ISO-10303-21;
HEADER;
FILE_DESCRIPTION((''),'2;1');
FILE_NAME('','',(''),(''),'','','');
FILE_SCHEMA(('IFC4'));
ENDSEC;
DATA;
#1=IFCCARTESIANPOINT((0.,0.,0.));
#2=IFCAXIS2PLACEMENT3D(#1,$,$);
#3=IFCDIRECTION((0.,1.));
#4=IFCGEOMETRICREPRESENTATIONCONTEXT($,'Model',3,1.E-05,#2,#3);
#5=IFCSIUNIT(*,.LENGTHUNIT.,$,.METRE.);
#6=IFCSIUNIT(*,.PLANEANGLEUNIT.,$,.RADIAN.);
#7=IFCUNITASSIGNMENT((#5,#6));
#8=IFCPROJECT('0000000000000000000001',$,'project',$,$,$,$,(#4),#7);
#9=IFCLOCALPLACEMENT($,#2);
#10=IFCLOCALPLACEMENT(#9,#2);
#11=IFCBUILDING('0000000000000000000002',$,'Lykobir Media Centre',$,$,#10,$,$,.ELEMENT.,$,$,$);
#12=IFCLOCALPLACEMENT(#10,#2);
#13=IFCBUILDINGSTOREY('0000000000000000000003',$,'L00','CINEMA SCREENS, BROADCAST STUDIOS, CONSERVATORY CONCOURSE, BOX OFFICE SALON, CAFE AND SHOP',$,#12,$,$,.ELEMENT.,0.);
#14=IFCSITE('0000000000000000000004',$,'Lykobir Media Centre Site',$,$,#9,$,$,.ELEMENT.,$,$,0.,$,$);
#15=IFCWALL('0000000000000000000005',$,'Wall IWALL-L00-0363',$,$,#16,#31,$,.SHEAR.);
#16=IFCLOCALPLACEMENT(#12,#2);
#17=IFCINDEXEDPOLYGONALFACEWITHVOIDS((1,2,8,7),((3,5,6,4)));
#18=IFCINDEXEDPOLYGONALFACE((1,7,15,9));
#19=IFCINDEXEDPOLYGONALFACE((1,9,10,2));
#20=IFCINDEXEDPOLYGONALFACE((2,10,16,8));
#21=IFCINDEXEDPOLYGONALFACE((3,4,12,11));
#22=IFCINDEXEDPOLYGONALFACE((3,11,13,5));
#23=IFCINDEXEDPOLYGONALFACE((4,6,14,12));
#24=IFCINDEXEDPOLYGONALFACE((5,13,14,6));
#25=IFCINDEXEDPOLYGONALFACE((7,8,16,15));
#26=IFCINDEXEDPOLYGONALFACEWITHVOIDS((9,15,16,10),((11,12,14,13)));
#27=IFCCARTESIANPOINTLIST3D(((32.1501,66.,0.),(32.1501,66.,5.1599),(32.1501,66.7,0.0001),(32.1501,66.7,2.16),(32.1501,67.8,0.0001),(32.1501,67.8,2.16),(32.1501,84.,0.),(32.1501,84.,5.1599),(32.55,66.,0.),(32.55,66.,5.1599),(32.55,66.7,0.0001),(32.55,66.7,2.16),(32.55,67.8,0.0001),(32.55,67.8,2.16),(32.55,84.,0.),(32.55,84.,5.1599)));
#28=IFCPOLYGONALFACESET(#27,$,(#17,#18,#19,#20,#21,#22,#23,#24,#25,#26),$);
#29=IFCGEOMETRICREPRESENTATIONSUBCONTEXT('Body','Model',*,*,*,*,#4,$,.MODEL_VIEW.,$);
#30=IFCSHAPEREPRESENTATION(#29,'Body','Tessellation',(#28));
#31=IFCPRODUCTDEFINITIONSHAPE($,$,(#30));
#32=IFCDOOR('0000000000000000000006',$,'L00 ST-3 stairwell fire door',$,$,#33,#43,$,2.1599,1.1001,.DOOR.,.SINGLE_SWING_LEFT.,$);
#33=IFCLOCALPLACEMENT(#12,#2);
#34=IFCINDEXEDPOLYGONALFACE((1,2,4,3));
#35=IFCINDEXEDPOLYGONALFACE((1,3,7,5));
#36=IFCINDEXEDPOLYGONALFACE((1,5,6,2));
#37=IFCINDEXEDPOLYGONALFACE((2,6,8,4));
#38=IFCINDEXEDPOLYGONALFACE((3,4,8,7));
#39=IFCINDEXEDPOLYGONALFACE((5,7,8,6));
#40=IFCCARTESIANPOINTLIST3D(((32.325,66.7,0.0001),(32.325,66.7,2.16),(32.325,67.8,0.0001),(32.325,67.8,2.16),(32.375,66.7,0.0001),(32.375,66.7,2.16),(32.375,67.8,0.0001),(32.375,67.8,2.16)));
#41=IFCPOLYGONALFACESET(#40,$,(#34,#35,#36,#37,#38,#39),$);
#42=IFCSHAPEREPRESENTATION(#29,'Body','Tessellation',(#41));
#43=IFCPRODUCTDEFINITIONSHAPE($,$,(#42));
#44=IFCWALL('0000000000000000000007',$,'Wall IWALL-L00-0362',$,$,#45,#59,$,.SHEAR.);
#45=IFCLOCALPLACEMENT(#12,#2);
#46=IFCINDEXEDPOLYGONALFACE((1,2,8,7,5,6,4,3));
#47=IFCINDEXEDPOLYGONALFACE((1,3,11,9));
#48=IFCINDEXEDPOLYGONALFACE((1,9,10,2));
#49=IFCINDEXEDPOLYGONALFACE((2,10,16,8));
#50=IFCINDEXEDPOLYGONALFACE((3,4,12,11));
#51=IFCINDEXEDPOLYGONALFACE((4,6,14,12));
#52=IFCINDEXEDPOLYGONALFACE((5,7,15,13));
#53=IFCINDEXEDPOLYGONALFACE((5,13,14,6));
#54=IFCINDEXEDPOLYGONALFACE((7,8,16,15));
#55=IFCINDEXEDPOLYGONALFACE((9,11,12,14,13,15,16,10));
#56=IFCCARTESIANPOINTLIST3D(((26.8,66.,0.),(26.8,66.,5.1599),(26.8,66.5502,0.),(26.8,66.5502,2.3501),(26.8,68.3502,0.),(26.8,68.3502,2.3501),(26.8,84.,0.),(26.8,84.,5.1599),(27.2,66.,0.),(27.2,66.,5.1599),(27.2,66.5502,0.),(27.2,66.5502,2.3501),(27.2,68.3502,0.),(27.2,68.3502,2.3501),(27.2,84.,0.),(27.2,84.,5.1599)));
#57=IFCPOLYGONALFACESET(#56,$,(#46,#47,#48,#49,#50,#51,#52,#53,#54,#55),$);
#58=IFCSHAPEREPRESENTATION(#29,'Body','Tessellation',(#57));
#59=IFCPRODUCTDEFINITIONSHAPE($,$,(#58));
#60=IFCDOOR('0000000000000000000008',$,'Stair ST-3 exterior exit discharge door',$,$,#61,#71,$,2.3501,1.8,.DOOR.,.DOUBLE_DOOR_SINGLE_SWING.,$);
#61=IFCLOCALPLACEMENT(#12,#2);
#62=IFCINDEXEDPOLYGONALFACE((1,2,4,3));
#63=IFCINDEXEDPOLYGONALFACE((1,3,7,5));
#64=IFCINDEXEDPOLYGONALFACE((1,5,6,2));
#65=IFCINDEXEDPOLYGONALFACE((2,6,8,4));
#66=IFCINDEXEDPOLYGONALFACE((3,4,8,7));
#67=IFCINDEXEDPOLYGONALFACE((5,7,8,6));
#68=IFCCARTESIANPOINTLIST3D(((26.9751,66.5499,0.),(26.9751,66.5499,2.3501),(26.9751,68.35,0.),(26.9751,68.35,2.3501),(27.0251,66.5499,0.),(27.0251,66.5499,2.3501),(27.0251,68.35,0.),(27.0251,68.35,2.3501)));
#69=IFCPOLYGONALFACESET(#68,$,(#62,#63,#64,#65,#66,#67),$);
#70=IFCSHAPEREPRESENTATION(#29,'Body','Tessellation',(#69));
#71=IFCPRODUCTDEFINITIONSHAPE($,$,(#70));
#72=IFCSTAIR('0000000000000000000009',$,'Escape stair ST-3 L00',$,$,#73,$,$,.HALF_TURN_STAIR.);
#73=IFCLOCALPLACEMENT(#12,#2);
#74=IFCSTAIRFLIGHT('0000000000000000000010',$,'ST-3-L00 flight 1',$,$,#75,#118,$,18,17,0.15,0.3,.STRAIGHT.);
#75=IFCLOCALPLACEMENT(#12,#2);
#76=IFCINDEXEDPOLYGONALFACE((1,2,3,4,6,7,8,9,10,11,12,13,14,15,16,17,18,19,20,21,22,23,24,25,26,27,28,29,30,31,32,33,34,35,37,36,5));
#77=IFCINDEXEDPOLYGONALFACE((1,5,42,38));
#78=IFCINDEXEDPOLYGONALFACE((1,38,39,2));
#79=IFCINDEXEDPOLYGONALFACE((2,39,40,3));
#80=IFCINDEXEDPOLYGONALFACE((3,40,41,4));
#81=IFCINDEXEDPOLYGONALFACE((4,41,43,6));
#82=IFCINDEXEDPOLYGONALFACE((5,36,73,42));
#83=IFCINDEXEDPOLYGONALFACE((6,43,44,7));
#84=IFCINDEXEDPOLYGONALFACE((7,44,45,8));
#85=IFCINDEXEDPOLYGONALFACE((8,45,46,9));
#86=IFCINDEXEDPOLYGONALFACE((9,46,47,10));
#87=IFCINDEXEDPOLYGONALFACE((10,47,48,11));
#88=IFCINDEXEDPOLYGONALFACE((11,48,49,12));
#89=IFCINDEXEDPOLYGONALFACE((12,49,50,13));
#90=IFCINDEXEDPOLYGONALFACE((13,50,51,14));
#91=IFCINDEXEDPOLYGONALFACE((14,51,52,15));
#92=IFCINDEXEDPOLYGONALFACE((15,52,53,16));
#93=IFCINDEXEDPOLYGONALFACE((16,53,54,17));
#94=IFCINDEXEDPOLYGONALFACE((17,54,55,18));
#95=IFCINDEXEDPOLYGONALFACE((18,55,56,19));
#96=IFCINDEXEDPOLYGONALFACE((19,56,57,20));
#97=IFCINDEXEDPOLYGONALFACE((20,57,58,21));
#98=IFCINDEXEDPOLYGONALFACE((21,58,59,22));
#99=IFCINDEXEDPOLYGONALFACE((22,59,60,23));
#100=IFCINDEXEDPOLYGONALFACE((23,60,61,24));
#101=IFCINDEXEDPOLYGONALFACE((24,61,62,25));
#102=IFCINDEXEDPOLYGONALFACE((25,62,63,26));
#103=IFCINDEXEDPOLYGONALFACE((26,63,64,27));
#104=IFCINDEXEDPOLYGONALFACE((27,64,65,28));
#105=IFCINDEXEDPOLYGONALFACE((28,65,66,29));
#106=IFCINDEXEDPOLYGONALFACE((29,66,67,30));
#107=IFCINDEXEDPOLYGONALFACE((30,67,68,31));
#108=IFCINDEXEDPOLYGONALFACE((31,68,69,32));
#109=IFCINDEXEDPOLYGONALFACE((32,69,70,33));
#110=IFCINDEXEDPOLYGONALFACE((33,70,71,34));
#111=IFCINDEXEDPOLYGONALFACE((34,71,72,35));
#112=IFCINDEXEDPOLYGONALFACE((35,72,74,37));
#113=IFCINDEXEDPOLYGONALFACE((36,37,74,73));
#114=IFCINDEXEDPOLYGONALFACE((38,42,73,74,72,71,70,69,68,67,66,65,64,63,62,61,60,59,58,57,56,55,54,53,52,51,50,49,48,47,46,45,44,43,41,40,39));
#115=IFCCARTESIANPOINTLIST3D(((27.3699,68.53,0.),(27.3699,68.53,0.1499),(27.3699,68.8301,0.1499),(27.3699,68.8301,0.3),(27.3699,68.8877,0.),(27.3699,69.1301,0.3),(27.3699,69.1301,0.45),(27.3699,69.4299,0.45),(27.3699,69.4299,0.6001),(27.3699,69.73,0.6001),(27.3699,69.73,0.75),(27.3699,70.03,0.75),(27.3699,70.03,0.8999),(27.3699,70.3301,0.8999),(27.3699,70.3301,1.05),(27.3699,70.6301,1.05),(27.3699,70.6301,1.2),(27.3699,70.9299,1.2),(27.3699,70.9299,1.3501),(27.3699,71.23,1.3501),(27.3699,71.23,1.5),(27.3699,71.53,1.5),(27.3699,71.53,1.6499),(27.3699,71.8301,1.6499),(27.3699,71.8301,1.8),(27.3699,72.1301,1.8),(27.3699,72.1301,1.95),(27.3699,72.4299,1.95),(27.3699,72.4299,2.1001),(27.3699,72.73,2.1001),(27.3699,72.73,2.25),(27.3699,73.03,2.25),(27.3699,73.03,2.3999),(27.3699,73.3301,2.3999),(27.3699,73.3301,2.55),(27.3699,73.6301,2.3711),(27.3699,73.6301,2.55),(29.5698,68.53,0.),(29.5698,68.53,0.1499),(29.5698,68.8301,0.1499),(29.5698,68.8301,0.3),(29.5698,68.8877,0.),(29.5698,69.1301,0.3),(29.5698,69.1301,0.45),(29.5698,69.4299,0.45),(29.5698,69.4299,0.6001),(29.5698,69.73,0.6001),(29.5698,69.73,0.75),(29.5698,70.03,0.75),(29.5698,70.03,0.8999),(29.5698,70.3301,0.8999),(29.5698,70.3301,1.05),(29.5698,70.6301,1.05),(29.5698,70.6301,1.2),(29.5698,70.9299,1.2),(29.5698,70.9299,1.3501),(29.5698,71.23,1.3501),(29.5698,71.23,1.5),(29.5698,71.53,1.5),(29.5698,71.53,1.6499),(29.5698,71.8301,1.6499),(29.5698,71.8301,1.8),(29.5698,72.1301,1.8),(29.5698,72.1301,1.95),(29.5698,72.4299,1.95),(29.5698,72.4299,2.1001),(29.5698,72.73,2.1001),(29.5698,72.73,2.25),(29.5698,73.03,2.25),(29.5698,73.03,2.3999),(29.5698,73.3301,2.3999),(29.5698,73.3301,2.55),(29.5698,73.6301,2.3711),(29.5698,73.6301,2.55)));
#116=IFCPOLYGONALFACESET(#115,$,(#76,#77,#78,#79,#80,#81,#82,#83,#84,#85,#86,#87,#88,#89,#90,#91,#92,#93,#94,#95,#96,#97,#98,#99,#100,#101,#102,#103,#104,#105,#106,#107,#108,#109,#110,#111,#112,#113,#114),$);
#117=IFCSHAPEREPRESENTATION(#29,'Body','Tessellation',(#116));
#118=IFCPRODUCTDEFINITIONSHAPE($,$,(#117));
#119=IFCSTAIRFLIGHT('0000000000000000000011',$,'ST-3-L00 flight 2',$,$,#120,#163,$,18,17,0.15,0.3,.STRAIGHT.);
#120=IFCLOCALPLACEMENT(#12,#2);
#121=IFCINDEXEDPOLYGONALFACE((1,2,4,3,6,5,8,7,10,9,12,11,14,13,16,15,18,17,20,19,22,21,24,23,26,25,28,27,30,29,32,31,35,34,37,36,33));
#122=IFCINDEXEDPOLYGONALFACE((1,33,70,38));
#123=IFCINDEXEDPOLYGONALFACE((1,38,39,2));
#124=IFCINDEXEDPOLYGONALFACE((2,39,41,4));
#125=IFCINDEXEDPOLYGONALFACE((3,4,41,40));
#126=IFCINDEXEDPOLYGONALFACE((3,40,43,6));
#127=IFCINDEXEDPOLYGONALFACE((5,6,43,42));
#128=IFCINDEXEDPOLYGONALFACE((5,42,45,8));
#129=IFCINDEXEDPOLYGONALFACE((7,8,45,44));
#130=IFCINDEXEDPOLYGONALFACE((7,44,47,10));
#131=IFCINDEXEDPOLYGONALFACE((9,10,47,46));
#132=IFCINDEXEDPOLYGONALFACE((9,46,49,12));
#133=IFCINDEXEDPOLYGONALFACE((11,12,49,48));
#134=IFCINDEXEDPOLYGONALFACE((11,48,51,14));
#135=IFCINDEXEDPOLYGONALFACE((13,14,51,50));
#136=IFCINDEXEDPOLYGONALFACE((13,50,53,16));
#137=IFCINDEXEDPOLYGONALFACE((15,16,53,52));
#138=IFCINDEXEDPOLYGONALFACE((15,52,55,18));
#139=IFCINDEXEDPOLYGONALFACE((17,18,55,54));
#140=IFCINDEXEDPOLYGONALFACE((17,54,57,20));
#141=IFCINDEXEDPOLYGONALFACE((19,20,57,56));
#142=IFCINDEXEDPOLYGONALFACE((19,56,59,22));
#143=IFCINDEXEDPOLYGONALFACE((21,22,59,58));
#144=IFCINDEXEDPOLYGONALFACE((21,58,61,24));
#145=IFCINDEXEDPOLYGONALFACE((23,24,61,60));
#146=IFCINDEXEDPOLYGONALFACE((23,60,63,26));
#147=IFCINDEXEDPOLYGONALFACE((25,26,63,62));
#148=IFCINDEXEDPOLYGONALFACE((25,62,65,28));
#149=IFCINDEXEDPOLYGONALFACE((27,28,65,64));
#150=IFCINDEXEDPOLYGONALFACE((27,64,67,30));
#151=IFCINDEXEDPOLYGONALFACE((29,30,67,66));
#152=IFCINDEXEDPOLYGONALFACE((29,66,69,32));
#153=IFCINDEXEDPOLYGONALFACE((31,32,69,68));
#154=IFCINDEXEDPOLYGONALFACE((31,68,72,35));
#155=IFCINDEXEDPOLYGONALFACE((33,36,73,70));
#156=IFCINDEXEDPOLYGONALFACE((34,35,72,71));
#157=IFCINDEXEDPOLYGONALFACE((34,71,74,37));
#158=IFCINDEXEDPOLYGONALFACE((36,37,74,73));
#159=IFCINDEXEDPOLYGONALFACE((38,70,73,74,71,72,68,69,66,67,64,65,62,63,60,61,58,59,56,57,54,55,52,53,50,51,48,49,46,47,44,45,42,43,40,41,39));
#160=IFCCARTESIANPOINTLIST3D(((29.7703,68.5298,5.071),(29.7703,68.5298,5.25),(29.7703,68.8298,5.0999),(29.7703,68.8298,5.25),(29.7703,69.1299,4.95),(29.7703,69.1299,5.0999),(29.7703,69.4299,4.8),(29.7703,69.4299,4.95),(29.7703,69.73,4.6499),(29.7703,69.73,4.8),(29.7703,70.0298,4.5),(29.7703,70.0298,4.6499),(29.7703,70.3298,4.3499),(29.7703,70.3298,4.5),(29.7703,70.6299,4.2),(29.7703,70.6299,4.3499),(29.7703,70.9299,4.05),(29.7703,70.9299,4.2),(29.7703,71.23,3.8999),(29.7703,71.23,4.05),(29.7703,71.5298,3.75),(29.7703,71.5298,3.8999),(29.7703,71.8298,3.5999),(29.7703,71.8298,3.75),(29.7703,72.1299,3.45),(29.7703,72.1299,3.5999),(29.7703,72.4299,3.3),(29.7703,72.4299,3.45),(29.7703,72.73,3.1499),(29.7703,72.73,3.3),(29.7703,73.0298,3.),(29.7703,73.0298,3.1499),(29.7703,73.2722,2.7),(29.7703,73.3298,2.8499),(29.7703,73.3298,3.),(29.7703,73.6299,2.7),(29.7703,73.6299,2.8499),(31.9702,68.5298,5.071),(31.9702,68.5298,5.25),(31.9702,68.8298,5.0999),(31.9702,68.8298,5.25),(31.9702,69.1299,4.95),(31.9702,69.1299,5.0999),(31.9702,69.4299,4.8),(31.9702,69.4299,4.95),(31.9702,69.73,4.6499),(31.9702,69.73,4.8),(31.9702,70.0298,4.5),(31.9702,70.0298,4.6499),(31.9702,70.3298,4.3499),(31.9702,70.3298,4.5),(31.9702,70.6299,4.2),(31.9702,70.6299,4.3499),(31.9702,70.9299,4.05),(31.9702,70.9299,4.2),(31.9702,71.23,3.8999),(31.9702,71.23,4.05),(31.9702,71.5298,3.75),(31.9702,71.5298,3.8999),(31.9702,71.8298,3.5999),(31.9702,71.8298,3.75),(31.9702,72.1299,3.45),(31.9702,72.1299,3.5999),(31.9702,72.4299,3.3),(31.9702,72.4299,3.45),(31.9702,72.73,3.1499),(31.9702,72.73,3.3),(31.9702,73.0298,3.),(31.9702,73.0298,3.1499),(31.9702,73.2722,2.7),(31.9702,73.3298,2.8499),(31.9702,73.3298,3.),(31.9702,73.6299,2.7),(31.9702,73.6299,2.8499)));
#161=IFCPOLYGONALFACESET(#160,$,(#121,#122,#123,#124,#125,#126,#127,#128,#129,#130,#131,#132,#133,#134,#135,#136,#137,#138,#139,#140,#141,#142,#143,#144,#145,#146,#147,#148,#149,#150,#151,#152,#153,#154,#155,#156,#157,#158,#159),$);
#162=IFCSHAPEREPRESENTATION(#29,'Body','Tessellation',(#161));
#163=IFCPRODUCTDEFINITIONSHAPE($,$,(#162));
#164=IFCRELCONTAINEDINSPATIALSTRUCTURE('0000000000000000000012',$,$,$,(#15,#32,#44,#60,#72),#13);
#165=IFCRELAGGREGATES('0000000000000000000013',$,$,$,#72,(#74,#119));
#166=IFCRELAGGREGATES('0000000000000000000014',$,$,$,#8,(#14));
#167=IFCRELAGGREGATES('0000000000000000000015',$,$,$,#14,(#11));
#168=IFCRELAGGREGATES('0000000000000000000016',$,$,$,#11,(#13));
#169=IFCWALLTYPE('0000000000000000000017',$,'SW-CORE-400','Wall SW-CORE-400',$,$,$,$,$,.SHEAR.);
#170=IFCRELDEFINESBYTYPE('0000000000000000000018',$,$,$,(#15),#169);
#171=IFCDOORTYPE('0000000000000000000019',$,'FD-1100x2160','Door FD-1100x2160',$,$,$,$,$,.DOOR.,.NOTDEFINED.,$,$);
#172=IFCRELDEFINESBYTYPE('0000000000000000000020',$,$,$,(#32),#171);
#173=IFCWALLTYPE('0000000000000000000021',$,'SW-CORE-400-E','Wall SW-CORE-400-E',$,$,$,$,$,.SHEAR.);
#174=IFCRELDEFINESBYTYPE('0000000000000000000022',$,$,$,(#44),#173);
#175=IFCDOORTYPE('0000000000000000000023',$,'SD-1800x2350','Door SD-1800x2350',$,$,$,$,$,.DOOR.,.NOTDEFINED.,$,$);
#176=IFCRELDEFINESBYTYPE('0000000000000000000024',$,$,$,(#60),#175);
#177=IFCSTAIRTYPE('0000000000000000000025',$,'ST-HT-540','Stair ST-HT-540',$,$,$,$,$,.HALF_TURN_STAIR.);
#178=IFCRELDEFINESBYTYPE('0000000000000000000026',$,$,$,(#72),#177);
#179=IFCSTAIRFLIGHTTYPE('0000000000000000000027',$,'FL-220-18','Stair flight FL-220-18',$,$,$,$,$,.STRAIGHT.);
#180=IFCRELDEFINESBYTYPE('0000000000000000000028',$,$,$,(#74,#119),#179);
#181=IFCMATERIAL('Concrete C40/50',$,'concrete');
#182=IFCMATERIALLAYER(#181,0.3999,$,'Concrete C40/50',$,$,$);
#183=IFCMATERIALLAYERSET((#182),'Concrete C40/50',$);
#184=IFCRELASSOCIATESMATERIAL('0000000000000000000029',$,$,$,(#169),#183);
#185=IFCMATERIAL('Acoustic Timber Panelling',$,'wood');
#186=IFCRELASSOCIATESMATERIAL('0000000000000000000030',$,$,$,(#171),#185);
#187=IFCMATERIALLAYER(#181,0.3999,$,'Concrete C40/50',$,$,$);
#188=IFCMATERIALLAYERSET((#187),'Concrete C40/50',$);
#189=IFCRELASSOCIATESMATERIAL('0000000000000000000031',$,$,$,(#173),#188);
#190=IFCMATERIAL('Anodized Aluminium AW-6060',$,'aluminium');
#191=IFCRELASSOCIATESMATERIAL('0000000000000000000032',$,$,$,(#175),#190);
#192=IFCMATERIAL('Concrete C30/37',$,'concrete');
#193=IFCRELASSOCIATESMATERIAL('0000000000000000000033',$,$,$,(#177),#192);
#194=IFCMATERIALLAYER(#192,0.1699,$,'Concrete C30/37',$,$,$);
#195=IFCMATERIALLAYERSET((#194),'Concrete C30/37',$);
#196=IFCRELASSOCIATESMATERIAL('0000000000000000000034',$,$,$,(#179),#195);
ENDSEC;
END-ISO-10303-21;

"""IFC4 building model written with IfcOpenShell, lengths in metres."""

from ifc_helpers import new_model, si_unit, direction, frame, frame_2d, origin, place, context, subcontext, project, spatial, polyline, rectangle, outline, extrude, material, layer, layer_set, type_object, element, fill, aggregate, save


model = new_model("IFC4")

# Units and contexts
model_context = context("Model", 3, precision=1e-05, world=origin(), true_north=direction((0.0, 1.0)))
body_context = subcontext(model_context, "Body", "Model", "MODEL_VIEW")
ifc_project = project(units=[si_unit("LENGTHUNIT", "METRE"), si_unit("PLANEANGLEUNIT", "RADIAN")], contexts=[model_context])

# Site, building, storey
site_placement = place(None, origin())
site = spatial("IfcSite", under=ifc_project, at=site_placement, Name="Lykobir Media Centre Site", CompositionType="ELEMENT", RefElevation=0.0)
building_placement = place(site_placement, origin())
building = spatial("IfcBuilding", under=site, at=building_placement, Name="Lykobir Media Centre", CompositionType="ELEMENT")
storey_placement = place(building_placement, origin())
storey = spatial("IfcBuildingStorey", under=building, at=storey_placement, Name="L00", Description="CINEMA SCREENS, BROADCAST STUDIOS, CONSERVATORY CONCOURSE, BOX OFFICE SALON, CAFE AND SHOP", CompositionType="ELEMENT", Elevation=0.0)

# Shared definitions
ifc_material_1 = material(Name="Concrete C40/50", Category="concrete")

# Shared definitions
ifc_material_2 = material(Name="Concrete C30/37", Category="concrete")
ifc_layer_1 = layer(ifc_material_1, 0.3999, Name="Concrete C40/50")
ifc_layer_set_1 = layer_set([ifc_layer_1], Name="Concrete C40/50")
wall_type_1 = type_object("IfcWallType", Name="SW-CORE-400", Description="Wall SW-CORE-400", PredefinedType="SHEAR", material=ifc_layer_set_1)

# Shared definitions
ifc_material_3 = material(Name="Anodized Aluminium AW-6060", Category="aluminium")
ifc_material_4 = material(Name="Acoustic Timber Panelling", Category="wood")
door_type_1 = type_object("IfcDoorType", Name="FD-1100x2160", Description="Door FD-1100x2160", OperationType="NOTDEFINED", PredefinedType="DOOR", material=ifc_material_4)

# Walls, openings, doors
wall_1_placement = place(storey_placement, frame((32.3501, 66.0, 0.0), z_axis=(0.0, 0.0, 1.0), x_axis=(0.0, 1.0, 0.0)))
wall_1 = element("IfcWall", 1, at=wall_1_placement, inside=storey, type_object=wall_type_1, Name="Wall IWALL-L00-0363", PredefinedType="SHEAR", context=body_context, shape_type="SweptSolid", body=[
    extrude(rectangle(XDim=18.0, YDim=0.3999, at=frame_2d((9.0, 0.0))), origin(), (0.0, 0.0, 1.0), 5.1599),
])
opening_1_placement = place(wall_1_placement, frame((0.7, 0.0, 0.0)))
opening_1 = element("IfcOpeningElement", 2, at=opening_1_placement, cuts=wall_1, PredefinedType="OPENING", context=body_context, shape_type="SweptSolid", body=[
    extrude(rectangle(XDim=1.1001, YDim=2.1599, at=frame_2d((0.55, 1.0801))), frame((0.0, 0.21, 0.0), z_axis=(0.0, -1.0, 0.0), x_axis=(1.0, 0.0, 0.0)), (0.0, 0.0, 1.0), 0.4199),
])
door_1_placement = place(opening_1_placement, frame((1.1001, 0.0, 0.0), z_axis=(0.0, 0.0, 1.0), x_axis=(-1.0, 0.0, 0.0)))
door_1 = element("IfcDoor", 3, at=door_1_placement, inside=storey, type_object=door_type_1, Name="L00 ST-3 stairwell fire door", OperationType="SINGLE_SWING_LEFT", OverallHeight=2.1599, OverallWidth=1.1001, PredefinedType="DOOR", context=body_context, shape_type="SweptSolid", body=[
    extrude(rectangle(XDim=1.1001, YDim=2.1599, at=frame_2d((0.55, 1.0801))), frame((0.0, 0.0249, 0.0), z_axis=(0.0, -1.0, 0.0), x_axis=(1.0, 0.0, 0.0)), (0.0, 0.0, 1.0), 0.05),
])
fill(opening_1, door_1)
ifc_layer_2 = layer(ifc_material_1, 0.3999, Name="Concrete C40/50")
ifc_layer_set_2 = layer_set([ifc_layer_2], Name="Concrete C40/50")
wall_type_2 = type_object("IfcWallType", Name="SW-CORE-400-E", Description="Wall SW-CORE-400-E", PredefinedType="SHEAR", material=ifc_layer_set_2)
wall_2_placement = place(storey_placement, frame((27.0, 84.0, 0.0), z_axis=(0.0, 0.0, 1.0), x_axis=(0.0, -1.0, 0.0)))
wall_2 = element("IfcWall", 4, at=wall_2_placement, inside=storey, type_object=wall_type_2, Name="Wall IWALL-L00-0362", PredefinedType="SHEAR", context=body_context, shape_type="SweptSolid", body=[
    extrude(rectangle(XDim=18.0, YDim=0.3999, at=frame_2d((9.0, 0.0))), origin(), (0.0, 0.0, 1.0), 5.1599),
])
opening_2_placement = place(wall_2_placement, frame((15.6499, 0.0, 0.0)))
opening_2 = element("IfcOpeningElement", 5, at=opening_2_placement, cuts=wall_2, PredefinedType="OPENING", context=body_context, shape_type="SweptSolid", body=[
    extrude(rectangle(XDim=1.8, YDim=2.3501, at=frame_2d((0.8999, 1.175))), frame((0.0, 0.21, 0.0), z_axis=(0.0, -1.0, 0.0), x_axis=(1.0, 0.0, 0.0)), (0.0, 0.0, 1.0), 0.4199),
])
door_type_2 = type_object("IfcDoorType", Name="SD-1800x2350", Description="Door SD-1800x2350", OperationType="NOTDEFINED", PredefinedType="DOOR", material=ifc_material_3)
door_2_placement = place(opening_2_placement, frame((1.8, 0.0, 0.0), z_axis=(0.0, 0.0, 1.0), x_axis=(-1.0, 0.0, 0.0)))
door_2 = element("IfcDoor", 6, at=door_2_placement, inside=storey, type_object=door_type_2, Name="Stair ST-3 exterior exit discharge door", OperationType="DOUBLE_DOOR_SINGLE_SWING", OverallHeight=2.3501, OverallWidth=1.8, PredefinedType="DOOR", context=body_context, shape_type="SweptSolid", body=[
    extrude(rectangle(XDim=1.8, YDim=2.3501, at=frame_2d((0.8999, 1.175))), frame((0.0, 0.0249, 0.0), z_axis=(0.0, -1.0, 0.0), x_axis=(1.0, 0.0, 0.0)), (0.0, 0.0, 1.0), 0.05),
])
fill(opening_2, door_2)

# Stair, stair flights
stair_type = type_object("IfcStairType", Name="ST-HT-540", Description="Stair ST-HT-540", PredefinedType="HALF_TURN_STAIR", material=ifc_material_2)
stair_placement = place(storey_placement, origin())
stair = element("IfcStair", 7, at=stair_placement, inside=storey, type_object=stair_type, Name="Escape stair ST-3 L00", PredefinedType="HALF_TURN_STAIR")
ifc_layer_3 = layer(ifc_material_2, 0.1699, Name="Concrete C30/37")
ifc_layer_set_3 = layer_set([ifc_layer_3], Name="Concrete C30/37")
stair_flight_type = type_object("IfcStairFlightType", Name="FL-220-18", Description="Stair flight FL-220-18", PredefinedType="STRAIGHT", material=ifc_layer_set_3)
stair_flight_1_placement = place(storey_placement, frame((28.47, 68.53, 0.0), z_axis=(0.0, 0.0, 1.0), x_axis=(0.0, 1.0, 0.0)))
stair_flight_1 = element("IfcStairFlight", 8, at=stair_flight_1_placement, type_object=stair_flight_type, Name="ST-3-L00 flight 1", NumberOfRisers=18, NumberOfTreads=17, PredefinedType="STRAIGHT", RiserHeight=0.15, TreadLength=0.3, context=body_context, shape_type="SweptSolid", body=[
    extrude(outline(polyline([(0.0, 0.0), (0.0, 0.1499), (0.3, 0.1499), (0.3, 0.3), (0.6001, 0.3), (0.6001, 0.45), (0.8999, 0.45), (0.8999, 0.6001), (1.2, 0.6001), (1.2, 0.75), (1.5, 0.75), (1.5, 0.8999), (1.8, 0.8999), (1.8, 1.05), (2.1001, 1.05), (2.1001, 1.2), (2.3999, 1.2), (2.3999, 1.3501), (2.7, 1.3501), (2.7, 1.5), (3.0, 1.5), (3.0, 1.6499), (3.3, 1.6499), (3.3, 1.8), (3.6001, 1.8), (3.6001, 1.95), (3.8999, 1.95), (3.8999, 2.1001), (4.2, 2.1001), (4.2, 2.25), (4.5, 2.25), (4.5, 2.3999), (4.8, 2.3999), (4.8, 2.55), (5.1001, 2.55), (5.1001, 2.7), (5.1001, 2.3711), (0.3577, 0.0), (0.0, 0.0)])), frame((0.0, 1.1001, 0.0), z_axis=(0.0, -1.0, 0.0), x_axis=(1.0, 0.0, 0.0)), (0.0, 0.0, 1.0), 2.2),
])
stair_flight_2_placement = place(storey_placement, frame((30.8701, 73.6299, 2.7), z_axis=(0.0, 0.0, 1.0), x_axis=(0.0, -1.0, 0.0)))
stair_flight_2 = element("IfcStairFlight", 9, at=stair_flight_2_placement, type_object=stair_flight_type, Name="ST-3-L00 flight 2", NumberOfRisers=18, NumberOfTreads=17, PredefinedType="STRAIGHT", RiserHeight=0.15, TreadLength=0.3, context=body_context, shape_type="SweptSolid", body=[
    extrude(outline(polyline([(0.0, 0.0), (0.0, 0.1499), (0.3, 0.1499), (0.3, 0.3), (0.6001, 0.3), (0.6001, 0.45), (0.8999, 0.45), (0.8999, 0.6001), (1.2, 0.6001), (1.2, 0.75), (1.5, 0.75), (1.5, 0.8999), (1.8, 0.8999), (1.8, 1.05), (2.1001, 1.05), (2.1001, 1.2), (2.3999, 1.2), (2.3999, 1.3501), (2.7, 1.3501), (2.7, 1.5), (3.0, 1.5), (3.0, 1.6499), (3.3, 1.6499), (3.3, 1.8), (3.6001, 1.8), (3.6001, 1.95), (3.8999, 1.95), (3.8999, 2.1001), (4.2, 2.1001), (4.2, 2.25), (4.5, 2.25), (4.5, 2.3999), (4.8, 2.3999), (4.8, 2.55), (5.1001, 2.55), (5.1001, 2.7), (5.1001, 2.3711), (0.3577, 0.0), (0.0, 0.0)])), frame((0.0, 1.1001, 0.0), z_axis=(0.0, -1.0, 0.0), x_axis=(1.0, 0.0, 0.0)), (0.0, 0.0, 1.0), 2.2),
])
aggregate(stair, [stair_flight_1, stair_flight_2])

save(model, "model.ifc")
